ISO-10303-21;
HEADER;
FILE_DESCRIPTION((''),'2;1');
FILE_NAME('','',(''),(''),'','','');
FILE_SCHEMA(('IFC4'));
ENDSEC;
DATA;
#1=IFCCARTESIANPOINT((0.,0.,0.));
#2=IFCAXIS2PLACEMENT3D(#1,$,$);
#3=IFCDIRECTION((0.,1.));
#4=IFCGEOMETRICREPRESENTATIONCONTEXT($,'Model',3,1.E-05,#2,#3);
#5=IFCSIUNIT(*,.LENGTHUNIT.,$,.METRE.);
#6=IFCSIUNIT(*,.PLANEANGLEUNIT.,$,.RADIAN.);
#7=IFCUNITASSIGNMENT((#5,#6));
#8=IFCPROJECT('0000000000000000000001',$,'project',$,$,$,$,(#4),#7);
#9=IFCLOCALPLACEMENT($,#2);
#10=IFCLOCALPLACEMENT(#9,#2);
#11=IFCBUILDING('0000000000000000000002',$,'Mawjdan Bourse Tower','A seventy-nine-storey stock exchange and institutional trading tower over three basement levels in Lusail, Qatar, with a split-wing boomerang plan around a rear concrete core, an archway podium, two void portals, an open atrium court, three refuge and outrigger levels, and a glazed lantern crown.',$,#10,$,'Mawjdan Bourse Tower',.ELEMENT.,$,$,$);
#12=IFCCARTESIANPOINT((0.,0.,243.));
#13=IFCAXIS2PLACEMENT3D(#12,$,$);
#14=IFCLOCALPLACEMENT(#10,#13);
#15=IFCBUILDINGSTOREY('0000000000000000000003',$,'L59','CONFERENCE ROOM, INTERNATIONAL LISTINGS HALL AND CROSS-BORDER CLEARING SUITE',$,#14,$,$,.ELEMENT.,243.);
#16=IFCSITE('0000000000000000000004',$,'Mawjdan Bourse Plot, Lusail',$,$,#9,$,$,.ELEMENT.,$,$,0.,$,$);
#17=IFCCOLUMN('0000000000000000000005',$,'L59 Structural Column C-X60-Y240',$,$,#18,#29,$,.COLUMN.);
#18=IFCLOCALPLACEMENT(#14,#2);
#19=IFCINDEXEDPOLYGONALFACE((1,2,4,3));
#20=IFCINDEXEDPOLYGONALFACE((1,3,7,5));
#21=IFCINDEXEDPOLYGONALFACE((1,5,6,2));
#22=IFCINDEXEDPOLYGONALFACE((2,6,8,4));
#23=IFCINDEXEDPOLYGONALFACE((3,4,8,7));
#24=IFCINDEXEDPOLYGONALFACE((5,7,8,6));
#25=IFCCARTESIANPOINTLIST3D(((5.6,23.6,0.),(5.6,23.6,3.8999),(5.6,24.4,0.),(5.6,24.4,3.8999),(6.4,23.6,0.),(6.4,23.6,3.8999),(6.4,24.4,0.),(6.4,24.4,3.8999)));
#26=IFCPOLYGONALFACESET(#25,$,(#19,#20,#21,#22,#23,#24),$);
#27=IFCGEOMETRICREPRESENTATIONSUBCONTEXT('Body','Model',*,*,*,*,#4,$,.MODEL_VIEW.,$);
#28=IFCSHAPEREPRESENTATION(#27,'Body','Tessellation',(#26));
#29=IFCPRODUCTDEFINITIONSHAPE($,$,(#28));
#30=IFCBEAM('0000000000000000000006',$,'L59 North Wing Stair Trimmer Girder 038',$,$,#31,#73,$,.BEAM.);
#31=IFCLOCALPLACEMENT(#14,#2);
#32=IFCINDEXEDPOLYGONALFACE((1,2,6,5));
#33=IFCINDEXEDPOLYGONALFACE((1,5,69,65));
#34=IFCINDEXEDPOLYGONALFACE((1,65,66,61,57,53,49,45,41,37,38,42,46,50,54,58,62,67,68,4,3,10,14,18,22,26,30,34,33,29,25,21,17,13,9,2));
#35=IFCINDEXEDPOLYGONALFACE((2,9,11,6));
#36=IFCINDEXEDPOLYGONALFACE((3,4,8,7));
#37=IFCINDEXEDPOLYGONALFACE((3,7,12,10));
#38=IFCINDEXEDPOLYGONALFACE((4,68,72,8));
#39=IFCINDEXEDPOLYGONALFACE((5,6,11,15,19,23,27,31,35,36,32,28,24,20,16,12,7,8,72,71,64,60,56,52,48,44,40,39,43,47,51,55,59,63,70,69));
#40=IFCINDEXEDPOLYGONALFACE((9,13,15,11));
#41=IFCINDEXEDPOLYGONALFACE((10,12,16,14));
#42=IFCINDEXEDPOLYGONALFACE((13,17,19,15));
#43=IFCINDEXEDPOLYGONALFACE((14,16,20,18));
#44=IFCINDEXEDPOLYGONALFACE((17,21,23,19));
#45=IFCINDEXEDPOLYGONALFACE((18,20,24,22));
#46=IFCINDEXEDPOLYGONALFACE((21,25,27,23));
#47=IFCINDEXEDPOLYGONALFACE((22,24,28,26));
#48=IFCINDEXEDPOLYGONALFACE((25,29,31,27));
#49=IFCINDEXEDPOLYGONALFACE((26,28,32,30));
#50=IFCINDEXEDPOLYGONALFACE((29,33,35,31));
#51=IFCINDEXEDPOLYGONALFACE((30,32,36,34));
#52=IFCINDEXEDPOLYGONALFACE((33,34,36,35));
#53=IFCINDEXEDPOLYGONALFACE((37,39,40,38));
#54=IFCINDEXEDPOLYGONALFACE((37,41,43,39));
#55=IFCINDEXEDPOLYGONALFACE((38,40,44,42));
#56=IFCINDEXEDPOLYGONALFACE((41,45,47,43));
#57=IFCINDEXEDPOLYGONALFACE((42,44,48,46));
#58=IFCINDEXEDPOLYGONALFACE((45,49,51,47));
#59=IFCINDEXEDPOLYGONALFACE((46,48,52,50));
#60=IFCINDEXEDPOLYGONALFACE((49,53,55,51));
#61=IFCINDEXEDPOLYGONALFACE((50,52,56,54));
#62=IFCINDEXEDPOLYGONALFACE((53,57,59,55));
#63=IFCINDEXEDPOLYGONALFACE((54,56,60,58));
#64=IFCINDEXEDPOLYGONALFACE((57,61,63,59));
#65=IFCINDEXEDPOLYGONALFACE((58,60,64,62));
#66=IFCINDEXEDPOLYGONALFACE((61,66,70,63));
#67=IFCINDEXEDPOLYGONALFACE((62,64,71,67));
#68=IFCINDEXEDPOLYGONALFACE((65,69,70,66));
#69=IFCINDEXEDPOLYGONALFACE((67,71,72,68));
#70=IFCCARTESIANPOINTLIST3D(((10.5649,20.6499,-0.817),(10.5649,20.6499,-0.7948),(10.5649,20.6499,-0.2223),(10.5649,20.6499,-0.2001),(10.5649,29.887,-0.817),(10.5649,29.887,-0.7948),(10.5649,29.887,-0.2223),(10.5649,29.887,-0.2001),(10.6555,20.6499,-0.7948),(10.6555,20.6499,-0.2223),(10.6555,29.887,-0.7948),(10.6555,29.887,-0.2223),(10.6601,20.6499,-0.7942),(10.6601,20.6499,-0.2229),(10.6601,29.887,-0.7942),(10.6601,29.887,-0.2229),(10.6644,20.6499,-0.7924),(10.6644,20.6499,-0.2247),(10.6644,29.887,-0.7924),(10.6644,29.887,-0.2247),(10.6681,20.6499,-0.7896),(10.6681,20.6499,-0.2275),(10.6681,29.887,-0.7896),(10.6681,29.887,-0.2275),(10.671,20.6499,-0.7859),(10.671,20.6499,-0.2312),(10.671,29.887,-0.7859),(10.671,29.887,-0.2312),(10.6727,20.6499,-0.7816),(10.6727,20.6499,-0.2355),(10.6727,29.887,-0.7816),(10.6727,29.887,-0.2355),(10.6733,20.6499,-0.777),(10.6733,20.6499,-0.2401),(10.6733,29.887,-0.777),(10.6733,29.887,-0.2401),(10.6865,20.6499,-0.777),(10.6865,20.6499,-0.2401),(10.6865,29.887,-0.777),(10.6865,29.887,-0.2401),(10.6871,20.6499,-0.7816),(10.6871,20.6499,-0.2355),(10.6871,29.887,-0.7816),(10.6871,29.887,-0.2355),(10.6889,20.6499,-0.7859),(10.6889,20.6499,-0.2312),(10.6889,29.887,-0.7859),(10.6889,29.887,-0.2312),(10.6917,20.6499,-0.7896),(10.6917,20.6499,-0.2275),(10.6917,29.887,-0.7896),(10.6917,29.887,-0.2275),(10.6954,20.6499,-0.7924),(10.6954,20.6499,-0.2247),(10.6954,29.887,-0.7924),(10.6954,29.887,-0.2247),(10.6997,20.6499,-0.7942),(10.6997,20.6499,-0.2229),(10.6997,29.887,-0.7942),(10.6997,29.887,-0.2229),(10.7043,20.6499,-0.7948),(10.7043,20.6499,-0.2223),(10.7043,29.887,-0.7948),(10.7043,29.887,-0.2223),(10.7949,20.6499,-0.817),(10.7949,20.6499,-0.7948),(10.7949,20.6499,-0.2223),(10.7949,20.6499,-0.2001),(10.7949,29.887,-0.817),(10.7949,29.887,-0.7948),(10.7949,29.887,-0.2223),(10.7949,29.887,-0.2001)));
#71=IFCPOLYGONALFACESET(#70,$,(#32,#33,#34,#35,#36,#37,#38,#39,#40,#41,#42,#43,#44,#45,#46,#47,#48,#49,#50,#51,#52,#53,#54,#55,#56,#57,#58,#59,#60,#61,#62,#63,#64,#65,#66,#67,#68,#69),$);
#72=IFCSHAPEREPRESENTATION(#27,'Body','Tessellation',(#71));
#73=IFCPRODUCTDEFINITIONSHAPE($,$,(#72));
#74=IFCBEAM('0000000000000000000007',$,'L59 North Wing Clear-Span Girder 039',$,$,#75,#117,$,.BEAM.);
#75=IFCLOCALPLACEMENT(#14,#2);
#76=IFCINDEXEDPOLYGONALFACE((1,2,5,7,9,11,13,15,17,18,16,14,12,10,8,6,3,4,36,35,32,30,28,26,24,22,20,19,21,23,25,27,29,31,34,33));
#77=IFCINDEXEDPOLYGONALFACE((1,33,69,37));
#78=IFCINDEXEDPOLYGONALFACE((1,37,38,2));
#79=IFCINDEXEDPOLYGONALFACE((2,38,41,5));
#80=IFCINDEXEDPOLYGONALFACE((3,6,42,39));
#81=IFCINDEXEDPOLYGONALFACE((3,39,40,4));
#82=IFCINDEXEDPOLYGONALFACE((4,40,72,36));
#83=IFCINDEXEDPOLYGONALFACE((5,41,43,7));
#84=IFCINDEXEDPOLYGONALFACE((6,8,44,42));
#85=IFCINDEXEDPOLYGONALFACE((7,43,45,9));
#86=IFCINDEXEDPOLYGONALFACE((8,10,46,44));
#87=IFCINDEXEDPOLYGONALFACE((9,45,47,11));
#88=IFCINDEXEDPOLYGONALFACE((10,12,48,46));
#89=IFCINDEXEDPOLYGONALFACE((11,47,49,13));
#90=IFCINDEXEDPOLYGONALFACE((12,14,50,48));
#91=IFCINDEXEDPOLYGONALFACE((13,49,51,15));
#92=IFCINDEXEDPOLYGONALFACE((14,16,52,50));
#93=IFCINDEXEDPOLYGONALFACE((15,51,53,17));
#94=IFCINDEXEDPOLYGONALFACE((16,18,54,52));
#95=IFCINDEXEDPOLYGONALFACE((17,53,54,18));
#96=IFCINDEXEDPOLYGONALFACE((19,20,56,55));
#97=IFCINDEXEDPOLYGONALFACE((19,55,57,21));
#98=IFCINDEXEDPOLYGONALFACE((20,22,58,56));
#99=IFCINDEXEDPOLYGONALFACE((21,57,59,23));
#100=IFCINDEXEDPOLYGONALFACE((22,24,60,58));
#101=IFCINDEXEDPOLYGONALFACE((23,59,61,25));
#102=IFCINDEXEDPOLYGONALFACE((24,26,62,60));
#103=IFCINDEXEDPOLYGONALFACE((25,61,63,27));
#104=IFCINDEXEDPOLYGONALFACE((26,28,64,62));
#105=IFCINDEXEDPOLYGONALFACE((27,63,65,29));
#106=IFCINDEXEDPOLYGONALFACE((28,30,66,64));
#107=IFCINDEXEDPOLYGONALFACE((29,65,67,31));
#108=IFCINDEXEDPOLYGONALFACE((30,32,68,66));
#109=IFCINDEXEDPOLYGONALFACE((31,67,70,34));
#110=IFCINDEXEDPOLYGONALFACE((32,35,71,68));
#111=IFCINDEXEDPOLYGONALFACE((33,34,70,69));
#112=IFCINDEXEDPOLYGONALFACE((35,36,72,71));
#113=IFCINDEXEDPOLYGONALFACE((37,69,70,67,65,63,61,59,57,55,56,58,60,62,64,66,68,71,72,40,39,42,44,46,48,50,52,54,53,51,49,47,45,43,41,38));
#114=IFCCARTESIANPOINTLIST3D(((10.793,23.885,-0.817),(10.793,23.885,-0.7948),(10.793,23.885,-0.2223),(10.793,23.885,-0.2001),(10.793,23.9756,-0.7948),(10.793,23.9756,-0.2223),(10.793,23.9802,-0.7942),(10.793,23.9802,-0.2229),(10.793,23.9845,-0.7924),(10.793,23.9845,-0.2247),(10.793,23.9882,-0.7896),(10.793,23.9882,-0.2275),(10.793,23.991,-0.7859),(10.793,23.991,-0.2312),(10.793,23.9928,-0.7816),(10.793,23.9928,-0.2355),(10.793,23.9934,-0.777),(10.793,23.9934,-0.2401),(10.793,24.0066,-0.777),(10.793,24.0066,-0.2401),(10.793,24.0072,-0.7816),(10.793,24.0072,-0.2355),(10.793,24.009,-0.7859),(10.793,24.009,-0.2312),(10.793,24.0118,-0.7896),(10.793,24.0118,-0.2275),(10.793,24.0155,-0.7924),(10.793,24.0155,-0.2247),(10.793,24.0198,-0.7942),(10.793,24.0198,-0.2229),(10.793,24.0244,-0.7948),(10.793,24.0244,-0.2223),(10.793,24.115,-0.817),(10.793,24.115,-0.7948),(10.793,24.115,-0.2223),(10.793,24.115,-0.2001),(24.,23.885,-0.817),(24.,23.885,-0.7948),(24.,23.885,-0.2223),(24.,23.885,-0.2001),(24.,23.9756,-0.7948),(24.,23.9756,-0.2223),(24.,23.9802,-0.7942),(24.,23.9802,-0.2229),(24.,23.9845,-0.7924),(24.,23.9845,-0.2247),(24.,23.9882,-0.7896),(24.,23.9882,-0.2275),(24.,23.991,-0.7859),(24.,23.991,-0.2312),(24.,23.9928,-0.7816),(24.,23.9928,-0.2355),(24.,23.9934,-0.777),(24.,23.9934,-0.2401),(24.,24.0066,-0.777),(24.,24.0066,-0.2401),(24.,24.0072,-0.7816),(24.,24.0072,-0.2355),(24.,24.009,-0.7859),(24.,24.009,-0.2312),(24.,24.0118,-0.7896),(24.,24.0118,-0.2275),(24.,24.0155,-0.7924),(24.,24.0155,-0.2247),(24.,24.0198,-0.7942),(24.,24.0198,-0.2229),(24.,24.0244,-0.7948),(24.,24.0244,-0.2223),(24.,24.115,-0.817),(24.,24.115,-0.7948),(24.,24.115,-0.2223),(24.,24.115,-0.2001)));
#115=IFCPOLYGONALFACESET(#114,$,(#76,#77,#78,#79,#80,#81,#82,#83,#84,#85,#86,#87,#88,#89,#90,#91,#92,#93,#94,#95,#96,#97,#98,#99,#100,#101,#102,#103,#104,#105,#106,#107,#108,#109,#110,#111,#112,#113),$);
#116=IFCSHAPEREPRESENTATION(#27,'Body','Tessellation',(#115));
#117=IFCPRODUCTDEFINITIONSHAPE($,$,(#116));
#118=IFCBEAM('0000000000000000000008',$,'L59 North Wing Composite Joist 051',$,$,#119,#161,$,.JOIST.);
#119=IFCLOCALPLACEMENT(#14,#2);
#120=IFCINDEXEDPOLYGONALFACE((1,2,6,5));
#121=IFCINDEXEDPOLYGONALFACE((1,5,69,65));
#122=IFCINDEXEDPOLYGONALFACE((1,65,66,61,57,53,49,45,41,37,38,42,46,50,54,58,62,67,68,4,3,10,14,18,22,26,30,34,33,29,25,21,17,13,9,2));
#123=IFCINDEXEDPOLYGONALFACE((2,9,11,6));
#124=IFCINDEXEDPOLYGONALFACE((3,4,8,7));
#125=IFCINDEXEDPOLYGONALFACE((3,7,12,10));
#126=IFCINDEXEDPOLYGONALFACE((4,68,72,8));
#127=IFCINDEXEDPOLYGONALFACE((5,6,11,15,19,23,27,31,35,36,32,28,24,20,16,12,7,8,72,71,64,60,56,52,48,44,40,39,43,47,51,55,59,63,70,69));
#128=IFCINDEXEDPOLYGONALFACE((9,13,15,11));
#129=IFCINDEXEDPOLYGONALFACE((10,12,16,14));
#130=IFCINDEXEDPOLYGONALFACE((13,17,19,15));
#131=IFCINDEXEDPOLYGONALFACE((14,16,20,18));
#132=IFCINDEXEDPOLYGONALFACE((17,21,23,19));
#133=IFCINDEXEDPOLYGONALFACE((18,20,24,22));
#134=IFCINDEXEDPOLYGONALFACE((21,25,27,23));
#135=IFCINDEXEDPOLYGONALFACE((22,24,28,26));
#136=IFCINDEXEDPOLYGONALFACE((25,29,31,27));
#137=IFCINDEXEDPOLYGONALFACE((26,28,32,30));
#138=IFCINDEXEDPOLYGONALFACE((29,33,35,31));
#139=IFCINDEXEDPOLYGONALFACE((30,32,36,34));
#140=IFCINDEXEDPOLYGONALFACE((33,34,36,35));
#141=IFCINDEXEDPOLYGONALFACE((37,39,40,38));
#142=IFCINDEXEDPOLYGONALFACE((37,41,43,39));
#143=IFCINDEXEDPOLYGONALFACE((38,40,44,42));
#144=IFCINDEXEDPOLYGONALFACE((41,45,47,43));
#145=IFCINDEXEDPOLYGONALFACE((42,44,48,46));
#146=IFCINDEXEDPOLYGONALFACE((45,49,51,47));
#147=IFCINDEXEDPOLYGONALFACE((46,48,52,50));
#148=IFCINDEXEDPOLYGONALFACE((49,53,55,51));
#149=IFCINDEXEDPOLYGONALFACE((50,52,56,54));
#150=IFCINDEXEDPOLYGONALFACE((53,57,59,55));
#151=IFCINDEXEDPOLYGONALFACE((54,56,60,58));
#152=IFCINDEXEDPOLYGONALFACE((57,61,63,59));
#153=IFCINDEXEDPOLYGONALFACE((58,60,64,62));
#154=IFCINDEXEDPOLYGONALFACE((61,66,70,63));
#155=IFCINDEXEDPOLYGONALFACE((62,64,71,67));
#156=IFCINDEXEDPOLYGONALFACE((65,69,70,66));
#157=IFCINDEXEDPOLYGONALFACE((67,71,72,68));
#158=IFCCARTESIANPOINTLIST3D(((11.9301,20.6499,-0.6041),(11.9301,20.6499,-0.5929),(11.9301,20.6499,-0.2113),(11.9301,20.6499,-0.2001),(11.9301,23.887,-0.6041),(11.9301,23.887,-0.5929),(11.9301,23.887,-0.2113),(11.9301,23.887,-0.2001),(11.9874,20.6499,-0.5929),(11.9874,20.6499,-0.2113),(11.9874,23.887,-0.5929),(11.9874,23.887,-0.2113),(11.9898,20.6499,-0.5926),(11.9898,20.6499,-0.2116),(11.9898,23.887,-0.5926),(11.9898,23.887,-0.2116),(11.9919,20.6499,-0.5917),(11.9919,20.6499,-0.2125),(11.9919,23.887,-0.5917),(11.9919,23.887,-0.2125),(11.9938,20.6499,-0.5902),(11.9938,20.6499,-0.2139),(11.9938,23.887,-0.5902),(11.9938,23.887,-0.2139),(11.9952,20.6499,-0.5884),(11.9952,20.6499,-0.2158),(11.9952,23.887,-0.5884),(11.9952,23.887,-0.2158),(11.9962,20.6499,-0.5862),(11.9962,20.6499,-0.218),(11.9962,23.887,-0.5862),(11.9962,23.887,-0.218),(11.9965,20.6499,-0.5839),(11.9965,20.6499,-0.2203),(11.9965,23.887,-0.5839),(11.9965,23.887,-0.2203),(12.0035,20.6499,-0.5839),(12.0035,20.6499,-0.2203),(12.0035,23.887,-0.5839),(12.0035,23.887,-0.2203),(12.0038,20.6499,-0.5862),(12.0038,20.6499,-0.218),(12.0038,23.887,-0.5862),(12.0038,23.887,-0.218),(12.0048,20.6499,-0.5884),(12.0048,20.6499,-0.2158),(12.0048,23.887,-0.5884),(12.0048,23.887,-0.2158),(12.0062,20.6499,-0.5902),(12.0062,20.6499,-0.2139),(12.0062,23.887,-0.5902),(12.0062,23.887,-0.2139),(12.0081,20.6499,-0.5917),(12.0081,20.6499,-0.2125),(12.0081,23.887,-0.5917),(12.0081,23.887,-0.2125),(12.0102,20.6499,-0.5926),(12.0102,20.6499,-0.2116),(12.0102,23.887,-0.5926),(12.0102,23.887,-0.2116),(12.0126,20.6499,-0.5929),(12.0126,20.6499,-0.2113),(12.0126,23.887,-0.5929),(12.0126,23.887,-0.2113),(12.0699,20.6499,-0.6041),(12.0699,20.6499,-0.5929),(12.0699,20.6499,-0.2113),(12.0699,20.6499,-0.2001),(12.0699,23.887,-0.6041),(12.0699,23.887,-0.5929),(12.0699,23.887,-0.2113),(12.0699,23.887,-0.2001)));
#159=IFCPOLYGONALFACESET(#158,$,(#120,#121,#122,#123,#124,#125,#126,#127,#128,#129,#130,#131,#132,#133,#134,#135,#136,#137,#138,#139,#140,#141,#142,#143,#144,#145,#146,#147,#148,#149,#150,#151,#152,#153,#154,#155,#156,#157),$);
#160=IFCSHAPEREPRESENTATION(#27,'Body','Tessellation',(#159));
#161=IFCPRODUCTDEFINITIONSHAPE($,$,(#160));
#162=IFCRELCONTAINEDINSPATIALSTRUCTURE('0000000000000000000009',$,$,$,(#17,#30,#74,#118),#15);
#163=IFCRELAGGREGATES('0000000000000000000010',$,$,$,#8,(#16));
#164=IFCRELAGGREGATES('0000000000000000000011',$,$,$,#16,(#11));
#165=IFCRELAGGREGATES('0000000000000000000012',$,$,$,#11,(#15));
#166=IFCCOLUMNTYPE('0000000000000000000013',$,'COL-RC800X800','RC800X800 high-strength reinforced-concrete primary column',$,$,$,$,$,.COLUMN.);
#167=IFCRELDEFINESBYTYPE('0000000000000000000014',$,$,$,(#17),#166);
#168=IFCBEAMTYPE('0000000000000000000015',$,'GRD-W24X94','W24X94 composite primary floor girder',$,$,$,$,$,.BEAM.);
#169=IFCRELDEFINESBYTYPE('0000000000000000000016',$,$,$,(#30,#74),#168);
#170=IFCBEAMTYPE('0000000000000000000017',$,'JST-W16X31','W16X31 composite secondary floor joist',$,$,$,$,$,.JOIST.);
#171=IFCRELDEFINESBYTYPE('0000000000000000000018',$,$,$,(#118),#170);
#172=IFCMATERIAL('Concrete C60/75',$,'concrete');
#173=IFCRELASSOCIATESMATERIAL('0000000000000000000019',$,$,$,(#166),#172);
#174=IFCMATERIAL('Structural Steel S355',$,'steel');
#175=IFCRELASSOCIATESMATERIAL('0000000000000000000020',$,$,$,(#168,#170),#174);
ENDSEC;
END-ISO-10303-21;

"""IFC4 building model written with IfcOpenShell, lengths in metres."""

from ifc_helpers import new_model, si_unit, direction, frame, origin, origin_2d, place, context, subcontext, project, spatial, rectangle, i_section, extrude, material, material_profile, profile_set, type_object, element, save


model = new_model("IFC4")

# Units and contexts
model_context = context("Model", 3, precision=1e-05, world=origin(), true_north=direction((0.0, 1.0)))
body_context = subcontext(model_context, "Body", "Model", "MODEL_VIEW")
ifc_project = project(units=[si_unit("LENGTHUNIT", "METRE"), si_unit("PLANEANGLEUNIT", "RADIAN")], contexts=[model_context])

# Site, building, storey
site_placement = place(None, origin())
site = spatial("IfcSite", under=ifc_project, at=site_placement, Name="Mawjdan Bourse Plot, Lusail", CompositionType="ELEMENT", RefElevation=0.0)
building_placement = place(site_placement, origin())
building = spatial("IfcBuilding", under=site, at=building_placement, Name="Mawjdan Bourse Tower", Description="A seventy-nine-storey stock exchange and institutional trading tower over three basement levels in Lusail, Qatar, with a split-wing boomerang plan around a rear concrete core, an archway podium, two void portals, an open atrium court, three refuge and outrigger levels, and a glazed lantern crown.", LongName="Mawjdan Bourse Tower", CompositionType="ELEMENT")
storey_placement = place(building_placement, frame((0.0, 0.0, 243.0)))
storey = spatial("IfcBuildingStorey", under=building, at=storey_placement, Name="L59", Description="CONFERENCE ROOM, INTERNATIONAL LISTINGS HALL AND CROSS-BORDER CLEARING SUITE", CompositionType="ELEMENT", Elevation=243.0)

# Column
ifc_material_1 = material(Name="Concrete C60/75", Category="concrete")
ifc_material_profile_1 = material_profile(ifc_material_1, rectangle(XDim=0.8, YDim=0.8, at=origin_2d()), Name="RC800X800")
ifc_profile_set_1 = profile_set([ifc_material_profile_1], Name="Concrete C60/75")
column_type = type_object("IfcColumnType", Name="COL-RC800X800", Description="RC800X800 high-strength reinforced-concrete primary column", PredefinedType="COLUMN", material=ifc_profile_set_1)
column_placement = place(storey_placement, frame((6.0, 24.0, 0.0), z_axis=(0.0, 0.0, 1.0), x_axis=(1.0, 0.0, 0.0)))
element("IfcColumn", 1, at=column_placement, inside=storey, type_object=column_type, Name="L59 Structural Column C-X60-Y240", PredefinedType="COLUMN", context=body_context, shape_type="SweptSolid", body=[
    extrude(rectangle(XDim=0.8, YDim=0.8, at=origin_2d()), origin(), (0.0, 0.0, 1.0), 3.8999),
])

# Beams
ifc_material_2 = material(Name="Structural Steel S355", Category="steel")
ifc_material_profile_2 = material_profile(ifc_material_2, i_section(OverallWidth=0.23, OverallDepth=0.6169, WebThickness=0.0132, FlangeThickness=0.0222, FilletRadius=0.0178, at=origin_2d()), Name="W24X94")
ifc_profile_set_2 = profile_set([ifc_material_profile_2], Name="Structural Steel S355")
beam_type_1 = type_object("IfcBeamType", Name="GRD-W24X94", Description="W24X94 composite primary floor girder", PredefinedType="BEAM", material=ifc_profile_set_2)
beam_1_placement = place(storey_placement, frame((10.6799, 20.6499, -0.5085), z_axis=(0.0, 1.0, 0.0), x_axis=(-1.0, 0.0, 0.0)))
element("IfcBeam", 2, at=beam_1_placement, inside=storey, type_object=beam_type_1, Name="L59 North Wing Stair Trimmer Girder 038", PredefinedType="BEAM", context=body_context, shape_type="SweptSolid", body=[
    extrude(i_section(OverallWidth=0.23, OverallDepth=0.6169, WebThickness=0.0132, FlangeThickness=0.0222, FilletRadius=0.0178, at=origin_2d()), origin(), (0.0, 0.0, 1.0), 9.2371),
])
beam_2_placement = place(storey_placement, frame((10.793, 24.0, -0.5085), z_axis=(1.0, 0.0, 0.0), x_axis=(0.0, 1.0, 0.0)))
element("IfcBeam", 3, at=beam_2_placement, inside=storey, type_object=beam_type_1, Name="L59 North Wing Clear-Span Girder 039", PredefinedType="BEAM", context=body_context, shape_type="SweptSolid", body=[
    extrude(i_section(OverallWidth=0.23, OverallDepth=0.6169, WebThickness=0.0132, FlangeThickness=0.0222, FilletRadius=0.0178, at=origin_2d()), origin(), (0.0, 0.0, 1.0), 13.207),
])
ifc_material_profile_3 = material_profile(ifc_material_2, i_section(OverallWidth=0.1399, OverallDepth=0.4041, WebThickness=0.0071, FlangeThickness=0.0112, FilletRadius=0.009, at=origin_2d()), Name="W16X31")
ifc_profile_set_3 = profile_set([ifc_material_profile_3], Name="Structural Steel S355")
beam_type_2 = type_object("IfcBeamType", Name="JST-W16X31", Description="W16X31 composite secondary floor joist", PredefinedType="JOIST", material=ifc_profile_set_3)
beam_3_placement = place(storey_placement, frame((12.0, 20.6499, -0.4021), z_axis=(0.0, 1.0, 0.0), x_axis=(-1.0, 0.0, 0.0)))
element("IfcBeam", 4, at=beam_3_placement, inside=storey, type_object=beam_type_2, Name="L59 North Wing Composite Joist 051", PredefinedType="JOIST", context=body_context, shape_type="SweptSolid", body=[
    extrude(i_section(OverallWidth=0.1399, OverallDepth=0.4041, WebThickness=0.0071, FlangeThickness=0.0112, FilletRadius=0.009, at=origin_2d()), origin(), (0.0, 0.0, 1.0), 3.2371),
])

save(model, "model.ifc")
